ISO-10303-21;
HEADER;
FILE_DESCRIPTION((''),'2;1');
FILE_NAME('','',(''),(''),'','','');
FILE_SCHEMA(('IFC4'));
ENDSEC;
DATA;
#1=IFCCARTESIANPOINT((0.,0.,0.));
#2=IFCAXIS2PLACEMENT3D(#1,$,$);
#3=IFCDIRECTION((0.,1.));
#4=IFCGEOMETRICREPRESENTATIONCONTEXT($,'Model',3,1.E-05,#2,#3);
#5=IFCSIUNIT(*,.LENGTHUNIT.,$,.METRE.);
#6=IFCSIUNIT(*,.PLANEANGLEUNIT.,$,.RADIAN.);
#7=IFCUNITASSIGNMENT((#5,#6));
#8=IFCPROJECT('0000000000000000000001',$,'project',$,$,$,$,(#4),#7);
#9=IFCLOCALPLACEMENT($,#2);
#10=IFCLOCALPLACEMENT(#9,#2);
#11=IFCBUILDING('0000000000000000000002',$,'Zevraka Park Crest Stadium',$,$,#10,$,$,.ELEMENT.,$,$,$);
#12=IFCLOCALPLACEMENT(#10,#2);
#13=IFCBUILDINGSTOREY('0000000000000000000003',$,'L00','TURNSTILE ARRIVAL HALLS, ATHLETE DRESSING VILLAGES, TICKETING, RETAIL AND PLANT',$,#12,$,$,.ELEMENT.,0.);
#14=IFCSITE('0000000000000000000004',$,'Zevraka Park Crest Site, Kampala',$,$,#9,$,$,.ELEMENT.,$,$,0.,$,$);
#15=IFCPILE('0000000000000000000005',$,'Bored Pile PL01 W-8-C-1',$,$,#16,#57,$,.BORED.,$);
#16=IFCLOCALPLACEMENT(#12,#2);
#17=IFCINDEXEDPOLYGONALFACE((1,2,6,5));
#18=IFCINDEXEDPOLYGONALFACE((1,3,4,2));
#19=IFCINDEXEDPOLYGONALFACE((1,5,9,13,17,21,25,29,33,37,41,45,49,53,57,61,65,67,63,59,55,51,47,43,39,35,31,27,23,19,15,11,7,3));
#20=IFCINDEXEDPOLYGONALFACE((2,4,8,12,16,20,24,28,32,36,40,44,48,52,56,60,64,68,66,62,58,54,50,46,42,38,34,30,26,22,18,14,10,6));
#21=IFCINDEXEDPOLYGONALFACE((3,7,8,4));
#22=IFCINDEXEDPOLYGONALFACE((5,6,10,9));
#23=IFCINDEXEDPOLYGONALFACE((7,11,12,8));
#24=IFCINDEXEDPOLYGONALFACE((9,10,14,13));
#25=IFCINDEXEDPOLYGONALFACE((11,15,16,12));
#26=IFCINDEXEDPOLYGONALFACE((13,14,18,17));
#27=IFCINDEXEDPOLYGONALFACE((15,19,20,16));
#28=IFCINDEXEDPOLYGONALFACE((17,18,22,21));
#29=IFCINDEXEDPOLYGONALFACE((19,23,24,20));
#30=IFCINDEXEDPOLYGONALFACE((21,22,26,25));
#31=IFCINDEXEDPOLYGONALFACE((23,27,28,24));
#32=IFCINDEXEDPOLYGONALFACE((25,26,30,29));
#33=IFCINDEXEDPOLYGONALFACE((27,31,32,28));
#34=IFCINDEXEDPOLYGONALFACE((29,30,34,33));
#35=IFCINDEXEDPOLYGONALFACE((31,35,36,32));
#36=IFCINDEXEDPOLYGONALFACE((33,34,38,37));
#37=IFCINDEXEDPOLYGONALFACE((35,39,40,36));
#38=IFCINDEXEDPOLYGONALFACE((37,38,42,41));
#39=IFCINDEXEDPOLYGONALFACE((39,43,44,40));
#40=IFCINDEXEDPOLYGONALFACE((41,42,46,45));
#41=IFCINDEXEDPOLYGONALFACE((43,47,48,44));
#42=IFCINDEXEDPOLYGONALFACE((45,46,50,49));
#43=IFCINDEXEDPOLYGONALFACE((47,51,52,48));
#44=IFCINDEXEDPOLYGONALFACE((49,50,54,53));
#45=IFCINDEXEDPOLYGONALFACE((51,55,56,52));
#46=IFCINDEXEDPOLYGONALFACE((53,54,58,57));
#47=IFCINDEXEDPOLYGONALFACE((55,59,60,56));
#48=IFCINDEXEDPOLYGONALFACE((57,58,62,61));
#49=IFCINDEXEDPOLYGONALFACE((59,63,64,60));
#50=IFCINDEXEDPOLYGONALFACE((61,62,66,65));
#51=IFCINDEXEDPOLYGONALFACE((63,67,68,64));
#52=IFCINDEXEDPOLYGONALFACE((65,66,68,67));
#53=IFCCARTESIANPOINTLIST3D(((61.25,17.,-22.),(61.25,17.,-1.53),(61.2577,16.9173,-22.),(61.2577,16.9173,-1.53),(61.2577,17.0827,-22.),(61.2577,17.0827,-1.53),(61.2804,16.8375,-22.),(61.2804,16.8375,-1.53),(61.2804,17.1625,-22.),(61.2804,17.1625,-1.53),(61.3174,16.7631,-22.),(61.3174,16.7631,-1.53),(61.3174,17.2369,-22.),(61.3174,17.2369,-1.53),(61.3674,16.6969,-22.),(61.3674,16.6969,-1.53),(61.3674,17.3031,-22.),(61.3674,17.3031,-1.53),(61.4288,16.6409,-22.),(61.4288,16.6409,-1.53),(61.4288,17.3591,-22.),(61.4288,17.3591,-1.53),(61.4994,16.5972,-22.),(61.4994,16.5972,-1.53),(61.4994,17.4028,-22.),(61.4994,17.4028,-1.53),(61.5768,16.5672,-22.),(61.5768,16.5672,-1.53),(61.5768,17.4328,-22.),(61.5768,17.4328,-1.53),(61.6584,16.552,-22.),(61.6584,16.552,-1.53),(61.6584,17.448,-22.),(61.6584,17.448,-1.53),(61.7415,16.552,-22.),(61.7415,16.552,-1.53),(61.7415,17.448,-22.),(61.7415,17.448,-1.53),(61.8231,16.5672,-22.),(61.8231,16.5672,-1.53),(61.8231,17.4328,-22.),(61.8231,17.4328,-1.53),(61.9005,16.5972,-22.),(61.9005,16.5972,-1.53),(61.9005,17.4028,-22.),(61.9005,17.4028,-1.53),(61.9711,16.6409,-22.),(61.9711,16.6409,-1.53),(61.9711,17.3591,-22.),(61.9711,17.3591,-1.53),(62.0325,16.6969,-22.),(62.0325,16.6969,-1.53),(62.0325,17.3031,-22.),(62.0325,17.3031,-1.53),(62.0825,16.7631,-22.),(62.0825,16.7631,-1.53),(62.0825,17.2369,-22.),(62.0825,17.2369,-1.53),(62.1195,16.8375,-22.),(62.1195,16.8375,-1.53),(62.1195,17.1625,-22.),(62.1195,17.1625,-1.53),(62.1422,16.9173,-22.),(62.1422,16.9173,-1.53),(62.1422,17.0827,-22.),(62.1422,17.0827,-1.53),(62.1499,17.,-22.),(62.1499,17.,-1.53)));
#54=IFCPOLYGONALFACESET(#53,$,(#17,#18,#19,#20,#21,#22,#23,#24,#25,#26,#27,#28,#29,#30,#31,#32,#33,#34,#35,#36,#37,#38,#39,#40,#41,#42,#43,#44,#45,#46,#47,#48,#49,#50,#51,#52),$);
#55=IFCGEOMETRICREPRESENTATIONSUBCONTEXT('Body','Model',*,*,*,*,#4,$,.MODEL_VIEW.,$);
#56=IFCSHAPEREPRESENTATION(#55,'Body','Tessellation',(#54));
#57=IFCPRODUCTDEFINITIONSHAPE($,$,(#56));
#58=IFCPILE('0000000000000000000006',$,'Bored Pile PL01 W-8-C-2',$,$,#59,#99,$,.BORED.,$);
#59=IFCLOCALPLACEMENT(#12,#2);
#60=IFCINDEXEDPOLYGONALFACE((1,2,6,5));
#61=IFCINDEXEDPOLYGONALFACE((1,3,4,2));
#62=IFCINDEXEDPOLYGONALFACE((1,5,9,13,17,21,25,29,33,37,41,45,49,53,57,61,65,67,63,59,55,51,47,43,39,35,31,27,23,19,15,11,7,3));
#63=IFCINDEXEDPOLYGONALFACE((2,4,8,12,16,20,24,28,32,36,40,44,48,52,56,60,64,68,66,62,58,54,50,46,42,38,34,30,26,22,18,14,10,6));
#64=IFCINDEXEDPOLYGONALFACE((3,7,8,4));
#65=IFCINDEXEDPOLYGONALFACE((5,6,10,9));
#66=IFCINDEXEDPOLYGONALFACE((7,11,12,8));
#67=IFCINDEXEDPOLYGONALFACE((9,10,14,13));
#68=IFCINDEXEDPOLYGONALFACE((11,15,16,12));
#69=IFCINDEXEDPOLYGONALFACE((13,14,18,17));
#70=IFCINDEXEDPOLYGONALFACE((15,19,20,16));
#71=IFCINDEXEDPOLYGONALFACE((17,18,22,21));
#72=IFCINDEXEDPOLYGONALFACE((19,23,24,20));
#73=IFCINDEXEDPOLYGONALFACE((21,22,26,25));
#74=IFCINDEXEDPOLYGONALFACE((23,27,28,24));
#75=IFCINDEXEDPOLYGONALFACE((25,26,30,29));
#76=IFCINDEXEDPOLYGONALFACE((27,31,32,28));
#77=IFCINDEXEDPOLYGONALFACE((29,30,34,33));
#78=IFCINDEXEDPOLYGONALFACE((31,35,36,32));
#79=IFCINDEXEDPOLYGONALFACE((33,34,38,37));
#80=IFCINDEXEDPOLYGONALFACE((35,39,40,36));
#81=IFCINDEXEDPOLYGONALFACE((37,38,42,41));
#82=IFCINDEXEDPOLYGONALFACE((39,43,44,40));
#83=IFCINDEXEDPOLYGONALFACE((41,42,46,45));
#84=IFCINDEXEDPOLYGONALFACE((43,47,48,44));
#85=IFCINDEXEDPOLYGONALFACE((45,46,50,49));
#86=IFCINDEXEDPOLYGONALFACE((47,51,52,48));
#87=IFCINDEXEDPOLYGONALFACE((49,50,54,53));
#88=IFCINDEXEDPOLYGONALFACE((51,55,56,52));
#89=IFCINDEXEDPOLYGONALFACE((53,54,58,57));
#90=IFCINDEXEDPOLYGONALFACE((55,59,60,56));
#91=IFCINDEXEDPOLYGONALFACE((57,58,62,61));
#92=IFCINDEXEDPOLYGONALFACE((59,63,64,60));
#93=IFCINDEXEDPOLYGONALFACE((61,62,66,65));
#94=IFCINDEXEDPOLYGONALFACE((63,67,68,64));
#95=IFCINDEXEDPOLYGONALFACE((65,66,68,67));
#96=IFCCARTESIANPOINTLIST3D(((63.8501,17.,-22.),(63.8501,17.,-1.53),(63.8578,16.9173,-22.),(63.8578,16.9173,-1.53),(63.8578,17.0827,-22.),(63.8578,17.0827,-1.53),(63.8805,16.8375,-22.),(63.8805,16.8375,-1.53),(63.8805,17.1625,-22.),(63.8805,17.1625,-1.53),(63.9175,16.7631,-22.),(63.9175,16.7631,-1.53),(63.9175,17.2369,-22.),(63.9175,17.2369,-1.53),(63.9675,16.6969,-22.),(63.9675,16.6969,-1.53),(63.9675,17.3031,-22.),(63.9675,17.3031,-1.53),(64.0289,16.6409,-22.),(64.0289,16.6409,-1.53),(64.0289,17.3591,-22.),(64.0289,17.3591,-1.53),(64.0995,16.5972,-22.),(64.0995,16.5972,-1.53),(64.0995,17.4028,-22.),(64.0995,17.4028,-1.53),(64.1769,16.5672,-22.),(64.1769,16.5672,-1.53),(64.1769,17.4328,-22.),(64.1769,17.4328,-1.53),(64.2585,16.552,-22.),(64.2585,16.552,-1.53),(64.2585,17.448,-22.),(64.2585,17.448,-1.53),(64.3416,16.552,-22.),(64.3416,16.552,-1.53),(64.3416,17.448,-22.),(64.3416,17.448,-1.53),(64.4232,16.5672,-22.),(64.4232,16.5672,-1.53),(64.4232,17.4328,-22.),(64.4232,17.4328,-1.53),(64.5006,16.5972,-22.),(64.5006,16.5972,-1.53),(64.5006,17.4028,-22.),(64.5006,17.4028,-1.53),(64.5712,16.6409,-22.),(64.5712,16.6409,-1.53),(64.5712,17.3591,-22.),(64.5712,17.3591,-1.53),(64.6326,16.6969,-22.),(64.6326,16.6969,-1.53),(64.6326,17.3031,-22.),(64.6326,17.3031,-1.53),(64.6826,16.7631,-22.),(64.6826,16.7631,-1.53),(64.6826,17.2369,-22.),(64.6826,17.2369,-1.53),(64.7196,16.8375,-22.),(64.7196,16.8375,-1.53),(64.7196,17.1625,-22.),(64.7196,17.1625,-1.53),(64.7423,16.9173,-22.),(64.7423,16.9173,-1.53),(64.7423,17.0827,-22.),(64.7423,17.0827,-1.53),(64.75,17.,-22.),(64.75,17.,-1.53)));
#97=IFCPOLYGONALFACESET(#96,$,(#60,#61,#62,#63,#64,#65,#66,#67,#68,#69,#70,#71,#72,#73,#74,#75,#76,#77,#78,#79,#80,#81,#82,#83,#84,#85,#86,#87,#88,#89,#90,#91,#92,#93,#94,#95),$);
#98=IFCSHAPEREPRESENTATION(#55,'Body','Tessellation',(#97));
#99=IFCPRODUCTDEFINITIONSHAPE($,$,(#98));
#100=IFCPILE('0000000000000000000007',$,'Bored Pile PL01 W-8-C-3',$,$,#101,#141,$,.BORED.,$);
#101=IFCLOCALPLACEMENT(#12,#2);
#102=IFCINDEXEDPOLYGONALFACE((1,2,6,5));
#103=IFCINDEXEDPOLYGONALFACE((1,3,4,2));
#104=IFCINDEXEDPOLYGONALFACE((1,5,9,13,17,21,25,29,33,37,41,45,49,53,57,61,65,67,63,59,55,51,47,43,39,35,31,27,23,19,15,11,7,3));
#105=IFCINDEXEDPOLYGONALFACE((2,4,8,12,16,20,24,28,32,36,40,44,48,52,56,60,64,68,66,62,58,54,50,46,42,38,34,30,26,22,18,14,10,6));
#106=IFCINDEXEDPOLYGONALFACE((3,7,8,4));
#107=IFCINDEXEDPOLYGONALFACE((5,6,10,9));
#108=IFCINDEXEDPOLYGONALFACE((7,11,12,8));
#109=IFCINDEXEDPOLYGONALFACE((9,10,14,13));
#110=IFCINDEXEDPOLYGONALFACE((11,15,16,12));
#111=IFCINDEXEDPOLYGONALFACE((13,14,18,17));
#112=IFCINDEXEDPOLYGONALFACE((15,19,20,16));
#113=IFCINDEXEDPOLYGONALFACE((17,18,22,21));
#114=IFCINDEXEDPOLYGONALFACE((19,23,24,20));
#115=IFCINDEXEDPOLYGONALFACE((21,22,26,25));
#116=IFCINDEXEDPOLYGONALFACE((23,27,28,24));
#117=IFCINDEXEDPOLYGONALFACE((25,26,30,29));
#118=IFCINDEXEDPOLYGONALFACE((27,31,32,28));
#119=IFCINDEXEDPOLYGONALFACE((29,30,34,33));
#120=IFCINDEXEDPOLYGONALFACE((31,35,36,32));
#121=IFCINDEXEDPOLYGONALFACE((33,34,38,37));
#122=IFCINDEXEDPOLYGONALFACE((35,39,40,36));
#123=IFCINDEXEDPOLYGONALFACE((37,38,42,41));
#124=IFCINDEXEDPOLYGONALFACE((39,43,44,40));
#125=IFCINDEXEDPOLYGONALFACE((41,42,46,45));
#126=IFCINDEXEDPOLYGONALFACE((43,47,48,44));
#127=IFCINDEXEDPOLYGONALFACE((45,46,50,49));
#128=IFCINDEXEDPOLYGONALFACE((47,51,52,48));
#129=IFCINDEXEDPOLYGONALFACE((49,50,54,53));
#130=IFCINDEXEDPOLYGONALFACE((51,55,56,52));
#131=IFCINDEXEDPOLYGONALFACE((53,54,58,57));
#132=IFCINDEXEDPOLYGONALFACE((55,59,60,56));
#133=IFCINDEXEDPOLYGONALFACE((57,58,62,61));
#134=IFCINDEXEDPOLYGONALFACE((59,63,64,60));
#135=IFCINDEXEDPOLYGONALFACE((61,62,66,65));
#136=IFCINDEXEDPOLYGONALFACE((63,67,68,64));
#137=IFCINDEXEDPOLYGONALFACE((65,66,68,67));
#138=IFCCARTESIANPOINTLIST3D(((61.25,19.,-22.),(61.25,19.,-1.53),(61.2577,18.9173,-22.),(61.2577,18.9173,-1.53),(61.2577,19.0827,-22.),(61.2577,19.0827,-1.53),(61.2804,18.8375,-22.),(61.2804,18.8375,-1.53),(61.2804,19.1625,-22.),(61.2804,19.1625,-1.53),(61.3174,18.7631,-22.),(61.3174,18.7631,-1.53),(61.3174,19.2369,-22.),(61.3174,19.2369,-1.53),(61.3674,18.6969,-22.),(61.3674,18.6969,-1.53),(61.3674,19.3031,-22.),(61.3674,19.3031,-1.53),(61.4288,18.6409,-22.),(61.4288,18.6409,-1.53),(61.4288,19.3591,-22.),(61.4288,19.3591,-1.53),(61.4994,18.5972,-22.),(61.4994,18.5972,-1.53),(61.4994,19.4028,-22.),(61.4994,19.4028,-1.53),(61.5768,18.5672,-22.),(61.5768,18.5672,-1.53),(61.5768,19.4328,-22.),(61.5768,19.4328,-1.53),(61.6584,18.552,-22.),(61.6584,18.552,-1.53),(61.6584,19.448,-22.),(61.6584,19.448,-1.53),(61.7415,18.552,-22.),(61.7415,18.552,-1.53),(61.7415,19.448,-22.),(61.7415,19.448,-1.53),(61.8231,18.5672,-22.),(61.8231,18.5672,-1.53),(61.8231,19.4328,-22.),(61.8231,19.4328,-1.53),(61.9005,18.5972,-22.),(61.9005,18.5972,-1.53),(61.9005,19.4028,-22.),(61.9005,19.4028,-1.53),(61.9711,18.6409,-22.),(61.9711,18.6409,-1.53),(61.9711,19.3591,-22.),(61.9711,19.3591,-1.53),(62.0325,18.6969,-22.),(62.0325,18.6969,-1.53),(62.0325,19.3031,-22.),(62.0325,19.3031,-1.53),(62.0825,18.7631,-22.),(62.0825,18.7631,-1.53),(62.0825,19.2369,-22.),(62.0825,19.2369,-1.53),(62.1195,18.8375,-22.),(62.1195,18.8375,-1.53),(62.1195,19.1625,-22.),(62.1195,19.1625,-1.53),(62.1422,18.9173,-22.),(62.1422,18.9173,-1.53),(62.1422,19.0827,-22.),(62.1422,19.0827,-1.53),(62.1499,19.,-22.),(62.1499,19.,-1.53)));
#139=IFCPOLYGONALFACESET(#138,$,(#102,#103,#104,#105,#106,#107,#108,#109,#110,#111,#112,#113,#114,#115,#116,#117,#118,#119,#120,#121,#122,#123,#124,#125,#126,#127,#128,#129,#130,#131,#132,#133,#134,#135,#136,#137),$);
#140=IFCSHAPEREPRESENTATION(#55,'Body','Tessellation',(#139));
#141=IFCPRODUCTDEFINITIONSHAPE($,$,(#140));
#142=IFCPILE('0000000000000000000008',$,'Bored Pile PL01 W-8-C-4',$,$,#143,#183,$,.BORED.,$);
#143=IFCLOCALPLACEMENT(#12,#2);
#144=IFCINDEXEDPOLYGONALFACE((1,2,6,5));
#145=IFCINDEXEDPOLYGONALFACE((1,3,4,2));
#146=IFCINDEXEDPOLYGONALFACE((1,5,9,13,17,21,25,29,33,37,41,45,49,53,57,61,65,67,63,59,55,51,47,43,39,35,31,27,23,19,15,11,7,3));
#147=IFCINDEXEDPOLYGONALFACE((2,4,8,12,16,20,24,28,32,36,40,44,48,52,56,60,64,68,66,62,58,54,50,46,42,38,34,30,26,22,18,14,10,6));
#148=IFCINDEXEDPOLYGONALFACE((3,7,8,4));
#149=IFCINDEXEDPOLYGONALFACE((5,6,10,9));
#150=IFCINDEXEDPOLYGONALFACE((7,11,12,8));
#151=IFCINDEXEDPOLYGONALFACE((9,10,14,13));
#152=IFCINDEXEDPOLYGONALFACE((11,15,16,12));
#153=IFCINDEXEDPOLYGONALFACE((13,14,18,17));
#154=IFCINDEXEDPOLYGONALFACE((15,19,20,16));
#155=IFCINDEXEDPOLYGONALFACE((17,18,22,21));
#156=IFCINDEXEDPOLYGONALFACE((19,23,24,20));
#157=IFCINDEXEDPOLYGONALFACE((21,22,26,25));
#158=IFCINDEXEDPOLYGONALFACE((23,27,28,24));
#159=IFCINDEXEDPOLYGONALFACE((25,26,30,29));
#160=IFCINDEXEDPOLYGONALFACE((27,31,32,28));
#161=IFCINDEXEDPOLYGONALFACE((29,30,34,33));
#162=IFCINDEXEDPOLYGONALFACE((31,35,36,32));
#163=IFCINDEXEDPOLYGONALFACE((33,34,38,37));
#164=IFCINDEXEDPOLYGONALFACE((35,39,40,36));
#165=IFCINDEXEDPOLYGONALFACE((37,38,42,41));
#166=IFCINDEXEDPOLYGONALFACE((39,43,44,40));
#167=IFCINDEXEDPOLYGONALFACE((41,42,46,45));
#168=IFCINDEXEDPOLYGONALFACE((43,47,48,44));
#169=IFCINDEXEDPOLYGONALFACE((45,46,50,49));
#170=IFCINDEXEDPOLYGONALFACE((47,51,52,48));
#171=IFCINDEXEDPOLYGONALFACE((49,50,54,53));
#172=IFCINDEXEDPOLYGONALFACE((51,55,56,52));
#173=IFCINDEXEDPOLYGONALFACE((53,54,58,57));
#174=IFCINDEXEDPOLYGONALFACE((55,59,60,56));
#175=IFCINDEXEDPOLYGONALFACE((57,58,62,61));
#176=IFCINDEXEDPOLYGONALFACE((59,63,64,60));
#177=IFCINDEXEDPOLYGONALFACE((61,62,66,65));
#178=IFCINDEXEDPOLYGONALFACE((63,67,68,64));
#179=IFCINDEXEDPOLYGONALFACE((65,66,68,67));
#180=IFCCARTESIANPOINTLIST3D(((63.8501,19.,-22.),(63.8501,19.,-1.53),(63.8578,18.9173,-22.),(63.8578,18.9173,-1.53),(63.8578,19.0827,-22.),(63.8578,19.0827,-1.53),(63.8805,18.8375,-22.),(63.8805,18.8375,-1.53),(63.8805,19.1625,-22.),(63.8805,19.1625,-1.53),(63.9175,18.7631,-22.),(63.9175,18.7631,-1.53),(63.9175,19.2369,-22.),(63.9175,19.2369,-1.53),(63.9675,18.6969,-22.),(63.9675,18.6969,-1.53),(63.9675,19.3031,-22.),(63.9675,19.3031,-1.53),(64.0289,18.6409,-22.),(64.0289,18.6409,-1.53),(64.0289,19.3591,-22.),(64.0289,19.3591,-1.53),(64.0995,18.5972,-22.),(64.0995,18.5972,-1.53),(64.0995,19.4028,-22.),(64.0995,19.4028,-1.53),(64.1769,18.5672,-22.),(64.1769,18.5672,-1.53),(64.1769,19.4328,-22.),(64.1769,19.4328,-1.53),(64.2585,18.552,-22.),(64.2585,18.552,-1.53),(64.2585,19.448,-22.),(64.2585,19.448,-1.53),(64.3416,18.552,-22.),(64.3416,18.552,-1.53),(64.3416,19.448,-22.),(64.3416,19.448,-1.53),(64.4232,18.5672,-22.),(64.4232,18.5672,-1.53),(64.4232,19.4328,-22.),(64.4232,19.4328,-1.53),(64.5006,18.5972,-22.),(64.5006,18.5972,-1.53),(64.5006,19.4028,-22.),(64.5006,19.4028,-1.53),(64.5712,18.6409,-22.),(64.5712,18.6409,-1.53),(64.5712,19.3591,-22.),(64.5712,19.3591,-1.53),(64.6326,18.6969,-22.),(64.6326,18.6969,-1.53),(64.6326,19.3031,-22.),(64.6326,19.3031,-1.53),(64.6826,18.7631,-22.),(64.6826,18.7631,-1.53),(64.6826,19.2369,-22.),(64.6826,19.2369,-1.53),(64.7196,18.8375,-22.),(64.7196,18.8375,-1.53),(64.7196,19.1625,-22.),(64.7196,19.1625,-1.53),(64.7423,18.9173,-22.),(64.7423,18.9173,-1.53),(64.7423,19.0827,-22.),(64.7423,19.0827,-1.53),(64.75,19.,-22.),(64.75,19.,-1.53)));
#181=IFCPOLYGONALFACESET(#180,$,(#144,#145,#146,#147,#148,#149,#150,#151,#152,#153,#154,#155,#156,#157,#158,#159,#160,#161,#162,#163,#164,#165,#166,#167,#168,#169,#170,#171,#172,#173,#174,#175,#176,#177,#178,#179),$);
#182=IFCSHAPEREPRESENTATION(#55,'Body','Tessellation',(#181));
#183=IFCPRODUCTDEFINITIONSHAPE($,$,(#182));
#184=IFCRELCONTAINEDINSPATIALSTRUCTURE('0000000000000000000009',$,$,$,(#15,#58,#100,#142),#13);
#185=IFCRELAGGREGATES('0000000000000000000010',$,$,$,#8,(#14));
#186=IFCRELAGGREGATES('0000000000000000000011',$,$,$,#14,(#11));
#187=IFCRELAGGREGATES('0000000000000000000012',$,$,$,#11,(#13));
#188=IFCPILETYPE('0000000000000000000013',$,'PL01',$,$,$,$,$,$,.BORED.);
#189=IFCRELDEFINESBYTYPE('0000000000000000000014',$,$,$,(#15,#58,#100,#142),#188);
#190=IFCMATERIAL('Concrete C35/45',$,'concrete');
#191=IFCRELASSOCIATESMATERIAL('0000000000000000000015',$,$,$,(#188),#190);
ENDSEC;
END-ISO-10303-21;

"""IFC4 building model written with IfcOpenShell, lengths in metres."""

from ifc_helpers import new_model, si_unit, direction, frame, origin, origin_2d, place, context, subcontext, project, spatial, circle, extrude, material, material_profile, profile_set, type_object, element, save


model = new_model("IFC4")

# Units and contexts
model_context = context("Model", 3, precision=1e-05, world=origin(), true_north=direction((0.0, 1.0)))
body_context = subcontext(model_context, "Body", "Model", "MODEL_VIEW")
ifc_project = project(units=[si_unit("LENGTHUNIT", "METRE"), si_unit("PLANEANGLEUNIT", "RADIAN")], contexts=[model_context])

# Site, building, storey
site_placement = place(None, origin())
site = spatial("IfcSite", under=ifc_project, at=site_placement, Name="Zevraka Park Crest Site, Kampala", CompositionType="ELEMENT", RefElevation=0.0)
building_placement = place(site_placement, origin())
building = spatial("IfcBuilding", under=site, at=building_placement, Name="Zevraka Park Crest Stadium", CompositionType="ELEMENT")
storey_placement = place(building_placement, origin())
storey = spatial("IfcBuildingStorey", under=building, at=storey_placement, Name="L00", Description="TURNSTILE ARRIVAL HALLS, ATHLETE DRESSING VILLAGES, TICKETING, RETAIL AND PLANT", CompositionType="ELEMENT", Elevation=0.0)

# Piles
ifc_material_1 = material(Name="Concrete C35/45", Category="concrete")
ifc_material_profile_1 = material_profile(ifc_material_1, circle(Radius=0.45, at=origin_2d()), Name="PILE D900")
ifc_profile_set_1 = profile_set([ifc_material_profile_1], Name="Concrete C35/45")
pile_type_1 = type_object("IfcPileType", Name="PL01", PredefinedType="BORED", material=ifc_profile_set_1)
for number, where, z_axis, x_axis, name in (
    (1, (61.7, 17.0, -1.53), (0.0, 0.0, -1.0), (1.0, 0.0, 0.0), "Bored Pile PL01 W-8-C-1"),
    (2, (64.3, 17.0, -1.53), (0.0, 0.0, -1.0), (1.0, 0.0, 0.0), "Bored Pile PL01 W-8-C-2"),
    (3, (61.7, 19.0, -1.53), (0.0, 0.0, -1.0), (1.0, 0.0, 0.0), "Bored Pile PL01 W-8-C-3"),
    (4, (64.3, 19.0, -1.53), (0.0, 0.0, -1.0), (1.0, 0.0, 0.0), "Bored Pile PL01 W-8-C-4"),
):
    element("IfcPile", number, at=place(storey_placement, frame(where, z_axis=z_axis, x_axis=x_axis)), inside=storey, type_object=pile_type_1, Name=name, PredefinedType="BORED", context=body_context, shape_type="SweptSolid", body=[
        extrude(circle(Radius=0.45, at=origin_2d()), origin(), (0.0, 0.0, 1.0), 20.47),
    ])

save(model, "model.ifc")
